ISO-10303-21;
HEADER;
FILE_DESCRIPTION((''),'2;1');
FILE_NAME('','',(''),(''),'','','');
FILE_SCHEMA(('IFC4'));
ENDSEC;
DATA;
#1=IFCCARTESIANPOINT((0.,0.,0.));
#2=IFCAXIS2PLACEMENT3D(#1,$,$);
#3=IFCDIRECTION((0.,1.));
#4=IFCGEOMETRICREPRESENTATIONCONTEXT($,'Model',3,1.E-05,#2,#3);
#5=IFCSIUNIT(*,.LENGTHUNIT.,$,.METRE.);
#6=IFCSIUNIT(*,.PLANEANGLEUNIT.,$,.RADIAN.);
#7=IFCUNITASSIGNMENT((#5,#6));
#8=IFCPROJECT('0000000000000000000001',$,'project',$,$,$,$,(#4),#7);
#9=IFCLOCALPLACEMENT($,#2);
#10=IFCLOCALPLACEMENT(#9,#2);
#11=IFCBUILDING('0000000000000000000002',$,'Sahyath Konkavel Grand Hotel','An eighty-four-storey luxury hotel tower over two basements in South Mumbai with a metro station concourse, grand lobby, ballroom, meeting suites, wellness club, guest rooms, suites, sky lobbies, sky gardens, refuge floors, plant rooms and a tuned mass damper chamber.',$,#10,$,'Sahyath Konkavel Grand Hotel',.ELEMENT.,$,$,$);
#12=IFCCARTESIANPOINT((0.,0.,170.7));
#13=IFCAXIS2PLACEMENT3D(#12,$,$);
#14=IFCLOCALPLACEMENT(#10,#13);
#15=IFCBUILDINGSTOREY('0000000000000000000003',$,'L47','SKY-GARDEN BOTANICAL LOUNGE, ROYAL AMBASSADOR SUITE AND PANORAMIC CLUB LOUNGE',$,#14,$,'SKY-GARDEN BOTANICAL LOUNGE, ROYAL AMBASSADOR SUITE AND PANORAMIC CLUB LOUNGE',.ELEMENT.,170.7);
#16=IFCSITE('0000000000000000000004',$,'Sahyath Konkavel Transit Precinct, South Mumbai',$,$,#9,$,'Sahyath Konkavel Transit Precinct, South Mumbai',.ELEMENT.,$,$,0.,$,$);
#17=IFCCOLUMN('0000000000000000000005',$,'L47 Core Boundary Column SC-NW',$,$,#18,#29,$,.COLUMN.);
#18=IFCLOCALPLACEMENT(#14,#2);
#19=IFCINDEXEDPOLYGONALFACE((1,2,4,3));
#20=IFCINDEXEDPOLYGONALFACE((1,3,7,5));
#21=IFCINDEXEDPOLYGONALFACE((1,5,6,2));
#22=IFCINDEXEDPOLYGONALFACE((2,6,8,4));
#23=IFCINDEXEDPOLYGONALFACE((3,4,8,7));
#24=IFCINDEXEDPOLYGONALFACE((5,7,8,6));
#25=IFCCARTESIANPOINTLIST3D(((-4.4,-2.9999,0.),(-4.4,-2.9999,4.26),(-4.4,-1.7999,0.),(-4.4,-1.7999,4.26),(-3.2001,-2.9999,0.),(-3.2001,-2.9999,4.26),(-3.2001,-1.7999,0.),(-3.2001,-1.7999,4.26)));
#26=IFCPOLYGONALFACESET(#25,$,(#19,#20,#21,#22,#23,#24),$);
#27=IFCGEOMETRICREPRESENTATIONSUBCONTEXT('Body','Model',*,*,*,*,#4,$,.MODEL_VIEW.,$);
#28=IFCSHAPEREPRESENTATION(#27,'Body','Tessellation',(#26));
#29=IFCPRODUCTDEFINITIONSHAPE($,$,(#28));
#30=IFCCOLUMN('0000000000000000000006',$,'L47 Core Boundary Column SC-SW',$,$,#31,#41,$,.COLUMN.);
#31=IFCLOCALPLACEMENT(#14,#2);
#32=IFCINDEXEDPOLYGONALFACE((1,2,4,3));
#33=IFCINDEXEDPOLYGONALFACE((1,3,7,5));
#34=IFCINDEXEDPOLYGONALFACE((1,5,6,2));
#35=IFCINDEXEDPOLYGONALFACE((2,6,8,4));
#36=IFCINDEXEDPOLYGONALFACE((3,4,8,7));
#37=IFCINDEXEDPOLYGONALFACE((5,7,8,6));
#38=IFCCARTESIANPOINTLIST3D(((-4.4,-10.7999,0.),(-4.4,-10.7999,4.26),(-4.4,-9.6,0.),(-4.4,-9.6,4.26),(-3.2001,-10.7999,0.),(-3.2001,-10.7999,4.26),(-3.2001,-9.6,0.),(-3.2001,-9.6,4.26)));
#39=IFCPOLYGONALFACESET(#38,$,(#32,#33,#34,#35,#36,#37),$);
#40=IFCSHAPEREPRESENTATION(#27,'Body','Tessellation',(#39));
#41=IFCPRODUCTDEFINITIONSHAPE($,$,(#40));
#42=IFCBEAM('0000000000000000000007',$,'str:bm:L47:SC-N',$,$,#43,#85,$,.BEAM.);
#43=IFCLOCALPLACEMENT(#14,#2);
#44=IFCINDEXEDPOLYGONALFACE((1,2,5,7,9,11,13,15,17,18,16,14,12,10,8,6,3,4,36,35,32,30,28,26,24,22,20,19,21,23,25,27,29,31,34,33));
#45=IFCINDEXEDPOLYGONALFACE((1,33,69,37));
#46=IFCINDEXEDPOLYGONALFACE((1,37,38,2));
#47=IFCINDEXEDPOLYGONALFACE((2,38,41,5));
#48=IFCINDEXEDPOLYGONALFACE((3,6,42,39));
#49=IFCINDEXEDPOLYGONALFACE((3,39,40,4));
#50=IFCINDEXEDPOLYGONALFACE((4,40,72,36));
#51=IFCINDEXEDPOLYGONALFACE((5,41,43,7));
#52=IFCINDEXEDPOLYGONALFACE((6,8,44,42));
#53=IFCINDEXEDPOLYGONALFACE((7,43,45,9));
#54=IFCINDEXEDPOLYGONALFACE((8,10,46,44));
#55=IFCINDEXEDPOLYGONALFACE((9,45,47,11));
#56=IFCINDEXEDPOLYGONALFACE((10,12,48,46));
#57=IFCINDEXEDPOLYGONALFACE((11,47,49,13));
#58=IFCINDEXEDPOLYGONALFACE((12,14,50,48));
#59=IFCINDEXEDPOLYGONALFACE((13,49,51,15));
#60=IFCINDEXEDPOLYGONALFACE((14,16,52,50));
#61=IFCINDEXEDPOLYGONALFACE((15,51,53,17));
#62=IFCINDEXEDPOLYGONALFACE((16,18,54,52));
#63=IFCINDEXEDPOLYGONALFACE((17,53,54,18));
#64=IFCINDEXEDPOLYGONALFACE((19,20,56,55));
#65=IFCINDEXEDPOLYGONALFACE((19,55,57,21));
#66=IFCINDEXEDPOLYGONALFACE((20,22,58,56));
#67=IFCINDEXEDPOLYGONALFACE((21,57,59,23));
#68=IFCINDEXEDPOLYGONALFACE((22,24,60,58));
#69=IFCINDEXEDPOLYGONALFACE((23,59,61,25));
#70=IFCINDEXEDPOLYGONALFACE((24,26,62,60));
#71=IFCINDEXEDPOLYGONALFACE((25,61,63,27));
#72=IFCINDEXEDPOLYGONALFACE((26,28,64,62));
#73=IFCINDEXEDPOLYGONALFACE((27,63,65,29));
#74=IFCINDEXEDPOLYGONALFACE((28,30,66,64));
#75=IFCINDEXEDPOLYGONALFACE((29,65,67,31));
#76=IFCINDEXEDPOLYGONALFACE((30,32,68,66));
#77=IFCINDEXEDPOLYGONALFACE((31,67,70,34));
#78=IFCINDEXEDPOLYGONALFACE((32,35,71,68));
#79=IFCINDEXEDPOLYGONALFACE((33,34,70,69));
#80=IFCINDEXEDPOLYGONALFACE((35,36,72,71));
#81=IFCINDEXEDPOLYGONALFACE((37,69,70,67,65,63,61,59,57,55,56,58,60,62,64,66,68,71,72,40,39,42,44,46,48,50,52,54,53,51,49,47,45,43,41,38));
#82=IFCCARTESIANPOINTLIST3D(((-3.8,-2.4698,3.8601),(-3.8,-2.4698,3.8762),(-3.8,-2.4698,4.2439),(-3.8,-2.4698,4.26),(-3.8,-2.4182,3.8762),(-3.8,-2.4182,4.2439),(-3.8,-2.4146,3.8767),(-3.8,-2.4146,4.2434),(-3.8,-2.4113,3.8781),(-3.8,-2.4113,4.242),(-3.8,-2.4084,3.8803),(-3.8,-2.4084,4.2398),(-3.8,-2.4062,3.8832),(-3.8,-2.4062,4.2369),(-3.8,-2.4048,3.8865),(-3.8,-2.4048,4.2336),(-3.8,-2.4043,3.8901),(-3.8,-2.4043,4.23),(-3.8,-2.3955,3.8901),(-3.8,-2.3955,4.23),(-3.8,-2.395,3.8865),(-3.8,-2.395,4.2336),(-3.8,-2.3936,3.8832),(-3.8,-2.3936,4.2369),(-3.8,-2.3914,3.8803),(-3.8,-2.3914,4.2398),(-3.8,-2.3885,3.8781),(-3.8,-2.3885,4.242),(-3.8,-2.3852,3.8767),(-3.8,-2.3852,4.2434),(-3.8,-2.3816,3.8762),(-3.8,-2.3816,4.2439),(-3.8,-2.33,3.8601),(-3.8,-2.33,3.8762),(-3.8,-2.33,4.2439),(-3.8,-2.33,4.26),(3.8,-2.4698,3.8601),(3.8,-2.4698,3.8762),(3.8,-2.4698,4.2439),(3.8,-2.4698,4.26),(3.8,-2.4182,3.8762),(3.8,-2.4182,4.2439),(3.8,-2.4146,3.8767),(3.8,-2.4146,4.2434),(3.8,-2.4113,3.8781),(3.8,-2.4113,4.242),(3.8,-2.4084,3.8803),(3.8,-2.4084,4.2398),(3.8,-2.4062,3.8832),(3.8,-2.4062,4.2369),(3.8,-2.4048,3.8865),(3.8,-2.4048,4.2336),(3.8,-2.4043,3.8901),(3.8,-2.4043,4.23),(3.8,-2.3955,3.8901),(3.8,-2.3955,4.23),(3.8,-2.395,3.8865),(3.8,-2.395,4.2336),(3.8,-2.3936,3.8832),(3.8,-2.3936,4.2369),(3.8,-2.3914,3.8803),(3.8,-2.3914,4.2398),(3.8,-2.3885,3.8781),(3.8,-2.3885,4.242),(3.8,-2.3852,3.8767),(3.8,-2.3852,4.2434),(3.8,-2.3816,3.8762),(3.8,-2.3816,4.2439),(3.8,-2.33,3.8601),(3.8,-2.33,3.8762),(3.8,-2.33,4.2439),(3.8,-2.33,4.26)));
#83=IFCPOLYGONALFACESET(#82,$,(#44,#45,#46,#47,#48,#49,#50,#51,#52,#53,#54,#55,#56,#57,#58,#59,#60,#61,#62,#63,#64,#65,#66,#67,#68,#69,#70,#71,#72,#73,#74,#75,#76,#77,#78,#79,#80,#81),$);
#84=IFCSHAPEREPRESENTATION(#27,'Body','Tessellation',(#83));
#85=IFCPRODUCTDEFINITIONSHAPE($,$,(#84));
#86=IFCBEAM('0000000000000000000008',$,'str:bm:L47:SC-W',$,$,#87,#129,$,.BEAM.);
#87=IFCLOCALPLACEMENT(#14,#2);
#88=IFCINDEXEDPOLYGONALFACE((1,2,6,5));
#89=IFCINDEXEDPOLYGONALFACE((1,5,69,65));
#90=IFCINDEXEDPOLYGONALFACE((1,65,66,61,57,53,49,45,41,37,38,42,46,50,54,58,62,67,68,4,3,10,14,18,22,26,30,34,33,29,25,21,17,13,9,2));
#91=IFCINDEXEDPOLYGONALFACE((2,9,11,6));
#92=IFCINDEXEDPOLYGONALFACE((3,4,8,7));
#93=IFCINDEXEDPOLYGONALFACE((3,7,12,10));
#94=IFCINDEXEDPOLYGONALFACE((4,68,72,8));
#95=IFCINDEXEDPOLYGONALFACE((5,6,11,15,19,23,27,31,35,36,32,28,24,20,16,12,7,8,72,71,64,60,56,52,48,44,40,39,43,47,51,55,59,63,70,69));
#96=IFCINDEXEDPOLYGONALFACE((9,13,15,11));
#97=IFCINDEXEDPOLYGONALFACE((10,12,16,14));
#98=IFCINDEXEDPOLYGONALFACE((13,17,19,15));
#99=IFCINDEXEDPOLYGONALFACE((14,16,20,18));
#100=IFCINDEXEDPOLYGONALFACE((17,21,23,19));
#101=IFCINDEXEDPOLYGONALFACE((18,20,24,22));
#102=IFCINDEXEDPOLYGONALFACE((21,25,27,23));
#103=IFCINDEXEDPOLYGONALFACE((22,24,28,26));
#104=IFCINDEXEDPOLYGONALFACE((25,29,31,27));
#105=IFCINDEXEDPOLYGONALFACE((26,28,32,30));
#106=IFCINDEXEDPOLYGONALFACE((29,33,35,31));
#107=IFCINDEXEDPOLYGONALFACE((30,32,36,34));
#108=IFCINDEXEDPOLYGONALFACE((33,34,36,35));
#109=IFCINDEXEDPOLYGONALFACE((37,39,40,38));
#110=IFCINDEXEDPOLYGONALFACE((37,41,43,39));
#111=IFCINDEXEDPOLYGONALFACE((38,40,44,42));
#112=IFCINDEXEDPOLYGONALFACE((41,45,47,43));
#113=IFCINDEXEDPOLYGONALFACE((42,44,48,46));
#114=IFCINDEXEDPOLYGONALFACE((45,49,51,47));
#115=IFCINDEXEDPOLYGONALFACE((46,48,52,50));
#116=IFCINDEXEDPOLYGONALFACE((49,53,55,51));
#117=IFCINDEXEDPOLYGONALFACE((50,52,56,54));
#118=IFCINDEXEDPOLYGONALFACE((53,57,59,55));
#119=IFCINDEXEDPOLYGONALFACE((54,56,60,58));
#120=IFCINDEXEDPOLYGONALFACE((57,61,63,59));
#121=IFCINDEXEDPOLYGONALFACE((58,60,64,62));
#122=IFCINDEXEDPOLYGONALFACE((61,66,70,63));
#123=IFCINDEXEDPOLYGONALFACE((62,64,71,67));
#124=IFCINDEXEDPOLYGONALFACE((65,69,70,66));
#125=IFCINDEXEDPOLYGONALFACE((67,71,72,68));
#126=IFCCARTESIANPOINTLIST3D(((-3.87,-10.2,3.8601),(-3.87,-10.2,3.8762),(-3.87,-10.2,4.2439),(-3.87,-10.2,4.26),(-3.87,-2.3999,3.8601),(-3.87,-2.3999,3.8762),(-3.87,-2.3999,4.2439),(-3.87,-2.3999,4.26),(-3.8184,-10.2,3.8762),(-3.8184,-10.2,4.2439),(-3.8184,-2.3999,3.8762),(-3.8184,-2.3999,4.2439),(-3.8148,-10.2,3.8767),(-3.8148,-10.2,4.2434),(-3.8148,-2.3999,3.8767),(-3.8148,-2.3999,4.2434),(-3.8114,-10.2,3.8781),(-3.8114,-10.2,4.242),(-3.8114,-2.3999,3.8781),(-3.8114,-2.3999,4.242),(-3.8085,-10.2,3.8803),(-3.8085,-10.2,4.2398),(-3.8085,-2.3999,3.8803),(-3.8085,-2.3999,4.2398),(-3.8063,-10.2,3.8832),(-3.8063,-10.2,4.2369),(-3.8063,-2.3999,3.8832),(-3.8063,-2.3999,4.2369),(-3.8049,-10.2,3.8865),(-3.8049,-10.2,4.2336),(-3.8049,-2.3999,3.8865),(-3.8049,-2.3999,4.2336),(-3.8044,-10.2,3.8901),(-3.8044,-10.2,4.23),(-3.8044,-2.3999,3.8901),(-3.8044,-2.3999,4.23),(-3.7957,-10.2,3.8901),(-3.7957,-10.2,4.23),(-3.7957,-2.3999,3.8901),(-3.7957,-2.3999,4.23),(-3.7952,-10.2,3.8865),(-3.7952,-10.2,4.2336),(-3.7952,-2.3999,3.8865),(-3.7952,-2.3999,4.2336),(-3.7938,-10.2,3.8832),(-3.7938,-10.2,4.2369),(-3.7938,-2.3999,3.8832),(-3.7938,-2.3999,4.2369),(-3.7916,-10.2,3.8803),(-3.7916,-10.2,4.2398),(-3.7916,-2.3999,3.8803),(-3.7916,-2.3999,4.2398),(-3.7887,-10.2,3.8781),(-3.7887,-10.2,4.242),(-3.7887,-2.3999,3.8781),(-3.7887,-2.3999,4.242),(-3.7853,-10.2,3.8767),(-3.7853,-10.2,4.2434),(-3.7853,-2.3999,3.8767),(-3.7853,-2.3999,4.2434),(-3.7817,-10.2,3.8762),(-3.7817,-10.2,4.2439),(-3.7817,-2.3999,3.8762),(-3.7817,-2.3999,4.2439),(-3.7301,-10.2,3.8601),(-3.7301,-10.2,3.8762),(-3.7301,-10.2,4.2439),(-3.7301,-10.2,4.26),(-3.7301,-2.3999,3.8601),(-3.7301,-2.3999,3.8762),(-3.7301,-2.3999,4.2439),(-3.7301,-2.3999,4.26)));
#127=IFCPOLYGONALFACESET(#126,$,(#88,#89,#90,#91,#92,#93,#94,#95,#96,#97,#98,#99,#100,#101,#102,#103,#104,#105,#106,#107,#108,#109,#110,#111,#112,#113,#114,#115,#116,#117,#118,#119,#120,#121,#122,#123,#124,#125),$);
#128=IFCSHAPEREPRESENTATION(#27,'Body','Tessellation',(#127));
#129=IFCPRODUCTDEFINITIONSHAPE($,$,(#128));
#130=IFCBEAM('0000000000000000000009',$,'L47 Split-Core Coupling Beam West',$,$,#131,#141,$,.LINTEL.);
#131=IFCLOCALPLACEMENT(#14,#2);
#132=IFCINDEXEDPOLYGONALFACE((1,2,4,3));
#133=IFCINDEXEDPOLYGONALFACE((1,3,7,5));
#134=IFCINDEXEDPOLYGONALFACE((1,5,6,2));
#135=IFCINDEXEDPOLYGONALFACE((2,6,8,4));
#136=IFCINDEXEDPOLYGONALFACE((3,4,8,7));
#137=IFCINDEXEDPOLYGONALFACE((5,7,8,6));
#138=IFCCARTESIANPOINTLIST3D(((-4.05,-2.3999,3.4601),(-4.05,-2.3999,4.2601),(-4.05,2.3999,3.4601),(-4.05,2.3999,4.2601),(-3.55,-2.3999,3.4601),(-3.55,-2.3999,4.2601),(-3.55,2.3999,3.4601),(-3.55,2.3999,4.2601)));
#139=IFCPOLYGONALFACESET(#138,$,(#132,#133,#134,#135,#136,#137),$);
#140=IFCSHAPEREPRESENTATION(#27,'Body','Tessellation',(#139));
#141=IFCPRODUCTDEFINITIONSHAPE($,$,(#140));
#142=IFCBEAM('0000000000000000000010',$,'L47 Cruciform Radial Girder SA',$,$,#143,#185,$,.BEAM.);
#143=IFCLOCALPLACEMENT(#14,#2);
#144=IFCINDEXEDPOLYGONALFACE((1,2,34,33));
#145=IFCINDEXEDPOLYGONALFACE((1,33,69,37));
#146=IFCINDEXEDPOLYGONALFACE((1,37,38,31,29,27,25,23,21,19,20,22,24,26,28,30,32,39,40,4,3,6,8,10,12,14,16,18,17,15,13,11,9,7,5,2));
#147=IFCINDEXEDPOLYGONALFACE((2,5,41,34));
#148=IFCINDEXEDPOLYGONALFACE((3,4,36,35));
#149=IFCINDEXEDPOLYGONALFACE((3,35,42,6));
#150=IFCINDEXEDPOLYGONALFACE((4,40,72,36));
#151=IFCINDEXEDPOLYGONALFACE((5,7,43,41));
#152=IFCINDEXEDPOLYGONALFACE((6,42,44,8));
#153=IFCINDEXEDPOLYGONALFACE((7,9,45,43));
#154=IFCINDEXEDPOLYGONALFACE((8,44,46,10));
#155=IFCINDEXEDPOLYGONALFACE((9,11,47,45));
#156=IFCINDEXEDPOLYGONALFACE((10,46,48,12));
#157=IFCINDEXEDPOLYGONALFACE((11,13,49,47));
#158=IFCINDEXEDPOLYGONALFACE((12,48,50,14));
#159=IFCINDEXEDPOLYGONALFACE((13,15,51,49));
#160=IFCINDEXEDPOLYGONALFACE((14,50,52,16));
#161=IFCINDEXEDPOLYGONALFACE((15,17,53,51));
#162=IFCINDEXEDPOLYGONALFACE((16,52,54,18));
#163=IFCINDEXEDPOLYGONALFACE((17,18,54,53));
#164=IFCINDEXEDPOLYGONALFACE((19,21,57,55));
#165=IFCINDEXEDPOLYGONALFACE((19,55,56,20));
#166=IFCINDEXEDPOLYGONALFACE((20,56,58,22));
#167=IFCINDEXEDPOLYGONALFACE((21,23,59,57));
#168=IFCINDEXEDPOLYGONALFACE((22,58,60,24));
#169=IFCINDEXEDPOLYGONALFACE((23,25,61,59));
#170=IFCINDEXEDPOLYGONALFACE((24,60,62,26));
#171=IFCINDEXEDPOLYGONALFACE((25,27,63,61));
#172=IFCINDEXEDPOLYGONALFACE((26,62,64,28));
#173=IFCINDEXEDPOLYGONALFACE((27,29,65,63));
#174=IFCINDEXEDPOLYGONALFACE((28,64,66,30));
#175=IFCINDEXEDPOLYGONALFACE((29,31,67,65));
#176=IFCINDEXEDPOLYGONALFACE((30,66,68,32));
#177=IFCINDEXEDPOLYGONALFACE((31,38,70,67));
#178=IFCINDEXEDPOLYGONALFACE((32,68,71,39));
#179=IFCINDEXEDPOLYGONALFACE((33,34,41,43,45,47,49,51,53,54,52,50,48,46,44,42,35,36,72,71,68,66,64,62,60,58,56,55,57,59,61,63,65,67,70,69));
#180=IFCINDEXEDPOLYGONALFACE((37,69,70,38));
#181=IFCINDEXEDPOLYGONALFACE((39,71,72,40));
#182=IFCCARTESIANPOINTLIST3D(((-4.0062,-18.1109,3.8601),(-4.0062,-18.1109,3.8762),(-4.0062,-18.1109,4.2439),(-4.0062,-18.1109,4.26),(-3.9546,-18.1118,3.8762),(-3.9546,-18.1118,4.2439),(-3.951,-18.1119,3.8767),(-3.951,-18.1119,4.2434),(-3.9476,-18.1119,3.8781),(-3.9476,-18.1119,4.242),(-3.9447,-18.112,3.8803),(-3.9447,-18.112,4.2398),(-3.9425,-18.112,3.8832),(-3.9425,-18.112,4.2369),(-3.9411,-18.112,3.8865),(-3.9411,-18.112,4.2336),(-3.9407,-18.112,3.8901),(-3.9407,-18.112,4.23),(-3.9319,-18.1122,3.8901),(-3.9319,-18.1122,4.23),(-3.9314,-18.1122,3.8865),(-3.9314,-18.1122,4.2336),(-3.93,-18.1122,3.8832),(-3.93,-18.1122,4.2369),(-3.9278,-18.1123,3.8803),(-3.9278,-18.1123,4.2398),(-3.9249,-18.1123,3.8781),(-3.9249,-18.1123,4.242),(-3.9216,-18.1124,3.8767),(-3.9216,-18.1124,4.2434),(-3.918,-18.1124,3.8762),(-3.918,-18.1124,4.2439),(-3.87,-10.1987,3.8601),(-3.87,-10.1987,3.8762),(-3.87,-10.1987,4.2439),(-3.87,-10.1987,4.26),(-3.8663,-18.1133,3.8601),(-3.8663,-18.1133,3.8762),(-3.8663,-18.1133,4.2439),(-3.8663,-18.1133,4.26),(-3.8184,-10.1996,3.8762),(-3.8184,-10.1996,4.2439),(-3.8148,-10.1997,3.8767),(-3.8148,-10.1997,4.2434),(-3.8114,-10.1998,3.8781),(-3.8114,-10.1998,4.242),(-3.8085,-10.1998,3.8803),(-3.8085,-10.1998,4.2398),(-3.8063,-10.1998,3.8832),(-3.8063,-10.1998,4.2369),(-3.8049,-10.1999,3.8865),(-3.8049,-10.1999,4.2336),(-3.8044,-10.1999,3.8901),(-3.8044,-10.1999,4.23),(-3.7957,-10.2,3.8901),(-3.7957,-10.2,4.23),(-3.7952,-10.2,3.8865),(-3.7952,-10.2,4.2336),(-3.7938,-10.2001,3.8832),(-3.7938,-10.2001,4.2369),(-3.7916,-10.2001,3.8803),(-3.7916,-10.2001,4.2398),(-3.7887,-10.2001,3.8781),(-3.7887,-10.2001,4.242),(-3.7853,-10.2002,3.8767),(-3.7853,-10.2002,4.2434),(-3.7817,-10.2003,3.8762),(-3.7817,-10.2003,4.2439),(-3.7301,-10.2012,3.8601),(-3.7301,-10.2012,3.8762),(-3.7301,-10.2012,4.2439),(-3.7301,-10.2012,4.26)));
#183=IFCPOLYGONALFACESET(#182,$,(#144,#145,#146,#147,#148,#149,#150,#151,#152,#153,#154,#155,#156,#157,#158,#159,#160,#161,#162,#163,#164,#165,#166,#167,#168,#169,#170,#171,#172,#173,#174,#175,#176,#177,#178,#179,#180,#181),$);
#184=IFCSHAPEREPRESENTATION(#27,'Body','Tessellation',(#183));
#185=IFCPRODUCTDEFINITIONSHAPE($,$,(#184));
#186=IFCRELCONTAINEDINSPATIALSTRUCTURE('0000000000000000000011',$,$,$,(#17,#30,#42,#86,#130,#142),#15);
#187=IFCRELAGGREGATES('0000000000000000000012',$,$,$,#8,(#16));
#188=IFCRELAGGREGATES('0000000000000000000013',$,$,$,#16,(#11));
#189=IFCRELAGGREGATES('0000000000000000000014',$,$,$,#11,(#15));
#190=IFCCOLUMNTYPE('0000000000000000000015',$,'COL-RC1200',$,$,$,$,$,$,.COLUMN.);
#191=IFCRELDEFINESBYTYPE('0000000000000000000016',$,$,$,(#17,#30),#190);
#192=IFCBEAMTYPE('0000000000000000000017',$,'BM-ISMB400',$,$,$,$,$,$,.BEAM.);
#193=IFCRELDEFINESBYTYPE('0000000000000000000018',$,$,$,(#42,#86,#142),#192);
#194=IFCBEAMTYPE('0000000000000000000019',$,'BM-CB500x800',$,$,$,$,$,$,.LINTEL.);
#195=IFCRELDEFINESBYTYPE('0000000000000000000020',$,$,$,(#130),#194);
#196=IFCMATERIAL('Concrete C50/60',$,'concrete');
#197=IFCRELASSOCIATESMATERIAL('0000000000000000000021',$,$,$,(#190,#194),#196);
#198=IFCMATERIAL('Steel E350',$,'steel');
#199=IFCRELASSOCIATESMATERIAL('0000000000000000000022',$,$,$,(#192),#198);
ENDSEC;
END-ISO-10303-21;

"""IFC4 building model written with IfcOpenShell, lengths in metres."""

from ifc_helpers import new_model, si_unit, direction, frame, origin, origin_2d, place, context, subcontext, project, spatial, rectangle, i_section, extrude, source, transform, mapped, material, material_profile, profile_set, type_object, element, save


model = new_model("IFC4")

# Units and contexts
model_context = context("Model", 3, precision=1e-05, world=origin(), true_north=direction((0.0, 1.0)))
body_context = subcontext(model_context, "Body", "Model", "MODEL_VIEW")
ifc_project = project(units=[si_unit("LENGTHUNIT", "METRE"), si_unit("PLANEANGLEUNIT", "RADIAN")], contexts=[model_context])

# Site, building, storey
site_placement = place(None, origin())
site = spatial("IfcSite", under=ifc_project, at=site_placement, Name="Sahyath Konkavel Transit Precinct, South Mumbai", LongName="Sahyath Konkavel Transit Precinct, South Mumbai", CompositionType="ELEMENT", RefElevation=0.0)
building_placement = place(site_placement, origin())
building = spatial("IfcBuilding", under=site, at=building_placement, Name="Sahyath Konkavel Grand Hotel", Description="An eighty-four-storey luxury hotel tower over two basements in South Mumbai with a metro station concourse, grand lobby, ballroom, meeting suites, wellness club, guest rooms, suites, sky lobbies, sky gardens, refuge floors, plant rooms and a tuned mass damper chamber.", LongName="Sahyath Konkavel Grand Hotel", CompositionType="ELEMENT")
storey_placement = place(building_placement, frame((0.0, 0.0, 170.7)))
storey = spatial("IfcBuildingStorey", under=building, at=storey_placement, Name="L47", Description="SKY-GARDEN BOTANICAL LOUNGE, ROYAL AMBASSADOR SUITE AND PANORAMIC CLUB LOUNGE", LongName="SKY-GARDEN BOTANICAL LOUNGE, ROYAL AMBASSADOR SUITE AND PANORAMIC CLUB LOUNGE", CompositionType="ELEMENT", Elevation=170.7)

# Columns
ifc_material_1 = material(Name="Concrete C50/60", Category="concrete")
ifc_material_profile_1 = material_profile(ifc_material_1, rectangle(XDim=1.2, YDim=1.2, at=origin_2d()), Name="RC 1200x1200")
ifc_profile_set_1 = profile_set([ifc_material_profile_1], Name="Concrete C50/60")
column_type = type_object("IfcColumnType", Name="COL-RC1200", PredefinedType="COLUMN", material=ifc_profile_set_1)
shared_shape_1 = source(origin(), body_context, "Body", "SweptSolid", [
    extrude(rectangle(XDim=1.2, YDim=1.2, at=origin_2d()), origin(), (0.0, 0.0, 1.0), 4.26),
])
for number, where, z_axis, x_axis, name in (
    (1, (-3.8, -2.3999, 0.0), (0.0, 0.0, 1.0), (1.0, 0.0, 0.0), "L47 Core Boundary Column SC-NW"),
    (2, (-3.8, -10.2, 0.0), (0.0, 0.0, 1.0), (1.0, 0.0, 0.0), "L47 Core Boundary Column SC-SW"),
):
    element("IfcColumn", number, at=place(storey_placement, frame(where, z_axis=z_axis, x_axis=x_axis)), inside=storey, type_object=column_type, Name=name, PredefinedType="COLUMN", context=body_context, shape_type="MappedRepresentation", body=[
        mapped(shared_shape_1, transform((0.0, 0.0, 0.0), scale=1.0)),
    ])

# Beams
ifc_material_2 = material(Name="Steel E350", Category="steel")
ifc_material_profile_2 = material_profile(ifc_material_2, i_section(OverallWidth=0.1399, OverallDepth=0.3999, WebThickness=0.0088, FlangeThickness=0.0161, FilletRadius=0.0139, at=origin_2d()), Name="ISMB 400")
ifc_profile_set_2 = profile_set([ifc_material_profile_2], Name="Steel E350")
beam_type_1 = type_object("IfcBeamType", Name="BM-ISMB400", PredefinedType="BEAM", material=ifc_profile_set_2)
shared_shape_2 = source(origin(), body_context, "Body", "SweptSolid", [
    extrude(i_section(OverallWidth=0.1399, OverallDepth=0.3999, WebThickness=0.0088, FlangeThickness=0.0161, FilletRadius=0.0139, at=origin_2d()), origin(), (0.0, 0.0, 1.0), 7.6001),
])
beam_1_placement = place(storey_placement, frame((-3.8, -2.3999, 4.0601), z_axis=(1.0, 0.0, 0.0), x_axis=(0.0, 1.0, 0.0)))
element("IfcBeam", 3, at=beam_1_placement, inside=storey, type_object=beam_type_1, Name="str:bm:L47:SC-N", PredefinedType="BEAM", context=body_context, shape_type="MappedRepresentation", body=[
    mapped(shared_shape_2, transform((0.0, 0.0, 0.0), scale=1.0)),
])
shared_shape_3 = source(origin(), body_context, "Body", "SweptSolid", [
    extrude(i_section(OverallWidth=0.1399, OverallDepth=0.3999, WebThickness=0.0088, FlangeThickness=0.0161, FilletRadius=0.0139, at=origin_2d()), origin(), (0.0, 0.0, 1.0), 7.8),
])
beam_2_placement = place(storey_placement, frame((-3.8, -10.2, 4.0601), z_axis=(0.0, 1.0, 0.0), x_axis=(-1.0, 0.0, 0.0)))
element("IfcBeam", 4, at=beam_2_placement, inside=storey, type_object=beam_type_1, Name="str:bm:L47:SC-W", PredefinedType="BEAM", context=body_context, shape_type="MappedRepresentation", body=[
    mapped(shared_shape_3, transform((0.0, 0.0, 0.0), scale=1.0)),
])
ifc_material_profile_3 = material_profile(ifc_material_1, rectangle(XDim=0.5, YDim=0.8, at=origin_2d()), Name="RC 500x800")
ifc_profile_set_3 = profile_set([ifc_material_profile_3], Name="Concrete C50/60")
beam_type_2 = type_object("IfcBeamType", Name="BM-CB500x800", PredefinedType="LINTEL", material=ifc_profile_set_3)
shared_shape_4 = source(origin(), body_context, "Body", "SweptSolid", [
    extrude(rectangle(XDim=0.5, YDim=0.8, at=origin_2d()), origin(), (0.0, 0.0, 1.0), 4.7998),
])
beam_3_placement = place(storey_placement, frame((-3.8, -2.3999, 3.8601), z_axis=(0.0, 1.0, 0.0), x_axis=(-1.0, 0.0, 0.0)))
element("IfcBeam", 5, at=beam_3_placement, inside=storey, type_object=beam_type_2, Name="L47 Split-Core Coupling Beam West", PredefinedType="LINTEL", context=body_context, shape_type="MappedRepresentation", body=[
    mapped(shared_shape_4, transform((0.0, 0.0, 0.0), scale=1.0)),
])
shared_shape_5 = source(origin(), body_context, "Body", "SweptSolid", [
    extrude(i_section(OverallWidth=0.1399, OverallDepth=0.3999, WebThickness=0.0088, FlangeThickness=0.0161, FilletRadius=0.0139, at=origin_2d()), origin(), (0.0, 0.0, 1.0), 7.9133),
])
beam_4_placement = place(storey_placement, frame((-3.8, -10.2, 4.0601), z_axis=(-0.017215, -0.999852, 0.0), x_axis=(0.999852, -0.017215, 0.0)))
element("IfcBeam", 6, at=beam_4_placement, inside=storey, type_object=beam_type_1, Name="L47 Cruciform Radial Girder SA", PredefinedType="BEAM", context=body_context, shape_type="MappedRepresentation", body=[
    mapped(shared_shape_5, transform((0.0, 0.0, 0.0), scale=1.0)),
])

save(model, "model.ifc")
